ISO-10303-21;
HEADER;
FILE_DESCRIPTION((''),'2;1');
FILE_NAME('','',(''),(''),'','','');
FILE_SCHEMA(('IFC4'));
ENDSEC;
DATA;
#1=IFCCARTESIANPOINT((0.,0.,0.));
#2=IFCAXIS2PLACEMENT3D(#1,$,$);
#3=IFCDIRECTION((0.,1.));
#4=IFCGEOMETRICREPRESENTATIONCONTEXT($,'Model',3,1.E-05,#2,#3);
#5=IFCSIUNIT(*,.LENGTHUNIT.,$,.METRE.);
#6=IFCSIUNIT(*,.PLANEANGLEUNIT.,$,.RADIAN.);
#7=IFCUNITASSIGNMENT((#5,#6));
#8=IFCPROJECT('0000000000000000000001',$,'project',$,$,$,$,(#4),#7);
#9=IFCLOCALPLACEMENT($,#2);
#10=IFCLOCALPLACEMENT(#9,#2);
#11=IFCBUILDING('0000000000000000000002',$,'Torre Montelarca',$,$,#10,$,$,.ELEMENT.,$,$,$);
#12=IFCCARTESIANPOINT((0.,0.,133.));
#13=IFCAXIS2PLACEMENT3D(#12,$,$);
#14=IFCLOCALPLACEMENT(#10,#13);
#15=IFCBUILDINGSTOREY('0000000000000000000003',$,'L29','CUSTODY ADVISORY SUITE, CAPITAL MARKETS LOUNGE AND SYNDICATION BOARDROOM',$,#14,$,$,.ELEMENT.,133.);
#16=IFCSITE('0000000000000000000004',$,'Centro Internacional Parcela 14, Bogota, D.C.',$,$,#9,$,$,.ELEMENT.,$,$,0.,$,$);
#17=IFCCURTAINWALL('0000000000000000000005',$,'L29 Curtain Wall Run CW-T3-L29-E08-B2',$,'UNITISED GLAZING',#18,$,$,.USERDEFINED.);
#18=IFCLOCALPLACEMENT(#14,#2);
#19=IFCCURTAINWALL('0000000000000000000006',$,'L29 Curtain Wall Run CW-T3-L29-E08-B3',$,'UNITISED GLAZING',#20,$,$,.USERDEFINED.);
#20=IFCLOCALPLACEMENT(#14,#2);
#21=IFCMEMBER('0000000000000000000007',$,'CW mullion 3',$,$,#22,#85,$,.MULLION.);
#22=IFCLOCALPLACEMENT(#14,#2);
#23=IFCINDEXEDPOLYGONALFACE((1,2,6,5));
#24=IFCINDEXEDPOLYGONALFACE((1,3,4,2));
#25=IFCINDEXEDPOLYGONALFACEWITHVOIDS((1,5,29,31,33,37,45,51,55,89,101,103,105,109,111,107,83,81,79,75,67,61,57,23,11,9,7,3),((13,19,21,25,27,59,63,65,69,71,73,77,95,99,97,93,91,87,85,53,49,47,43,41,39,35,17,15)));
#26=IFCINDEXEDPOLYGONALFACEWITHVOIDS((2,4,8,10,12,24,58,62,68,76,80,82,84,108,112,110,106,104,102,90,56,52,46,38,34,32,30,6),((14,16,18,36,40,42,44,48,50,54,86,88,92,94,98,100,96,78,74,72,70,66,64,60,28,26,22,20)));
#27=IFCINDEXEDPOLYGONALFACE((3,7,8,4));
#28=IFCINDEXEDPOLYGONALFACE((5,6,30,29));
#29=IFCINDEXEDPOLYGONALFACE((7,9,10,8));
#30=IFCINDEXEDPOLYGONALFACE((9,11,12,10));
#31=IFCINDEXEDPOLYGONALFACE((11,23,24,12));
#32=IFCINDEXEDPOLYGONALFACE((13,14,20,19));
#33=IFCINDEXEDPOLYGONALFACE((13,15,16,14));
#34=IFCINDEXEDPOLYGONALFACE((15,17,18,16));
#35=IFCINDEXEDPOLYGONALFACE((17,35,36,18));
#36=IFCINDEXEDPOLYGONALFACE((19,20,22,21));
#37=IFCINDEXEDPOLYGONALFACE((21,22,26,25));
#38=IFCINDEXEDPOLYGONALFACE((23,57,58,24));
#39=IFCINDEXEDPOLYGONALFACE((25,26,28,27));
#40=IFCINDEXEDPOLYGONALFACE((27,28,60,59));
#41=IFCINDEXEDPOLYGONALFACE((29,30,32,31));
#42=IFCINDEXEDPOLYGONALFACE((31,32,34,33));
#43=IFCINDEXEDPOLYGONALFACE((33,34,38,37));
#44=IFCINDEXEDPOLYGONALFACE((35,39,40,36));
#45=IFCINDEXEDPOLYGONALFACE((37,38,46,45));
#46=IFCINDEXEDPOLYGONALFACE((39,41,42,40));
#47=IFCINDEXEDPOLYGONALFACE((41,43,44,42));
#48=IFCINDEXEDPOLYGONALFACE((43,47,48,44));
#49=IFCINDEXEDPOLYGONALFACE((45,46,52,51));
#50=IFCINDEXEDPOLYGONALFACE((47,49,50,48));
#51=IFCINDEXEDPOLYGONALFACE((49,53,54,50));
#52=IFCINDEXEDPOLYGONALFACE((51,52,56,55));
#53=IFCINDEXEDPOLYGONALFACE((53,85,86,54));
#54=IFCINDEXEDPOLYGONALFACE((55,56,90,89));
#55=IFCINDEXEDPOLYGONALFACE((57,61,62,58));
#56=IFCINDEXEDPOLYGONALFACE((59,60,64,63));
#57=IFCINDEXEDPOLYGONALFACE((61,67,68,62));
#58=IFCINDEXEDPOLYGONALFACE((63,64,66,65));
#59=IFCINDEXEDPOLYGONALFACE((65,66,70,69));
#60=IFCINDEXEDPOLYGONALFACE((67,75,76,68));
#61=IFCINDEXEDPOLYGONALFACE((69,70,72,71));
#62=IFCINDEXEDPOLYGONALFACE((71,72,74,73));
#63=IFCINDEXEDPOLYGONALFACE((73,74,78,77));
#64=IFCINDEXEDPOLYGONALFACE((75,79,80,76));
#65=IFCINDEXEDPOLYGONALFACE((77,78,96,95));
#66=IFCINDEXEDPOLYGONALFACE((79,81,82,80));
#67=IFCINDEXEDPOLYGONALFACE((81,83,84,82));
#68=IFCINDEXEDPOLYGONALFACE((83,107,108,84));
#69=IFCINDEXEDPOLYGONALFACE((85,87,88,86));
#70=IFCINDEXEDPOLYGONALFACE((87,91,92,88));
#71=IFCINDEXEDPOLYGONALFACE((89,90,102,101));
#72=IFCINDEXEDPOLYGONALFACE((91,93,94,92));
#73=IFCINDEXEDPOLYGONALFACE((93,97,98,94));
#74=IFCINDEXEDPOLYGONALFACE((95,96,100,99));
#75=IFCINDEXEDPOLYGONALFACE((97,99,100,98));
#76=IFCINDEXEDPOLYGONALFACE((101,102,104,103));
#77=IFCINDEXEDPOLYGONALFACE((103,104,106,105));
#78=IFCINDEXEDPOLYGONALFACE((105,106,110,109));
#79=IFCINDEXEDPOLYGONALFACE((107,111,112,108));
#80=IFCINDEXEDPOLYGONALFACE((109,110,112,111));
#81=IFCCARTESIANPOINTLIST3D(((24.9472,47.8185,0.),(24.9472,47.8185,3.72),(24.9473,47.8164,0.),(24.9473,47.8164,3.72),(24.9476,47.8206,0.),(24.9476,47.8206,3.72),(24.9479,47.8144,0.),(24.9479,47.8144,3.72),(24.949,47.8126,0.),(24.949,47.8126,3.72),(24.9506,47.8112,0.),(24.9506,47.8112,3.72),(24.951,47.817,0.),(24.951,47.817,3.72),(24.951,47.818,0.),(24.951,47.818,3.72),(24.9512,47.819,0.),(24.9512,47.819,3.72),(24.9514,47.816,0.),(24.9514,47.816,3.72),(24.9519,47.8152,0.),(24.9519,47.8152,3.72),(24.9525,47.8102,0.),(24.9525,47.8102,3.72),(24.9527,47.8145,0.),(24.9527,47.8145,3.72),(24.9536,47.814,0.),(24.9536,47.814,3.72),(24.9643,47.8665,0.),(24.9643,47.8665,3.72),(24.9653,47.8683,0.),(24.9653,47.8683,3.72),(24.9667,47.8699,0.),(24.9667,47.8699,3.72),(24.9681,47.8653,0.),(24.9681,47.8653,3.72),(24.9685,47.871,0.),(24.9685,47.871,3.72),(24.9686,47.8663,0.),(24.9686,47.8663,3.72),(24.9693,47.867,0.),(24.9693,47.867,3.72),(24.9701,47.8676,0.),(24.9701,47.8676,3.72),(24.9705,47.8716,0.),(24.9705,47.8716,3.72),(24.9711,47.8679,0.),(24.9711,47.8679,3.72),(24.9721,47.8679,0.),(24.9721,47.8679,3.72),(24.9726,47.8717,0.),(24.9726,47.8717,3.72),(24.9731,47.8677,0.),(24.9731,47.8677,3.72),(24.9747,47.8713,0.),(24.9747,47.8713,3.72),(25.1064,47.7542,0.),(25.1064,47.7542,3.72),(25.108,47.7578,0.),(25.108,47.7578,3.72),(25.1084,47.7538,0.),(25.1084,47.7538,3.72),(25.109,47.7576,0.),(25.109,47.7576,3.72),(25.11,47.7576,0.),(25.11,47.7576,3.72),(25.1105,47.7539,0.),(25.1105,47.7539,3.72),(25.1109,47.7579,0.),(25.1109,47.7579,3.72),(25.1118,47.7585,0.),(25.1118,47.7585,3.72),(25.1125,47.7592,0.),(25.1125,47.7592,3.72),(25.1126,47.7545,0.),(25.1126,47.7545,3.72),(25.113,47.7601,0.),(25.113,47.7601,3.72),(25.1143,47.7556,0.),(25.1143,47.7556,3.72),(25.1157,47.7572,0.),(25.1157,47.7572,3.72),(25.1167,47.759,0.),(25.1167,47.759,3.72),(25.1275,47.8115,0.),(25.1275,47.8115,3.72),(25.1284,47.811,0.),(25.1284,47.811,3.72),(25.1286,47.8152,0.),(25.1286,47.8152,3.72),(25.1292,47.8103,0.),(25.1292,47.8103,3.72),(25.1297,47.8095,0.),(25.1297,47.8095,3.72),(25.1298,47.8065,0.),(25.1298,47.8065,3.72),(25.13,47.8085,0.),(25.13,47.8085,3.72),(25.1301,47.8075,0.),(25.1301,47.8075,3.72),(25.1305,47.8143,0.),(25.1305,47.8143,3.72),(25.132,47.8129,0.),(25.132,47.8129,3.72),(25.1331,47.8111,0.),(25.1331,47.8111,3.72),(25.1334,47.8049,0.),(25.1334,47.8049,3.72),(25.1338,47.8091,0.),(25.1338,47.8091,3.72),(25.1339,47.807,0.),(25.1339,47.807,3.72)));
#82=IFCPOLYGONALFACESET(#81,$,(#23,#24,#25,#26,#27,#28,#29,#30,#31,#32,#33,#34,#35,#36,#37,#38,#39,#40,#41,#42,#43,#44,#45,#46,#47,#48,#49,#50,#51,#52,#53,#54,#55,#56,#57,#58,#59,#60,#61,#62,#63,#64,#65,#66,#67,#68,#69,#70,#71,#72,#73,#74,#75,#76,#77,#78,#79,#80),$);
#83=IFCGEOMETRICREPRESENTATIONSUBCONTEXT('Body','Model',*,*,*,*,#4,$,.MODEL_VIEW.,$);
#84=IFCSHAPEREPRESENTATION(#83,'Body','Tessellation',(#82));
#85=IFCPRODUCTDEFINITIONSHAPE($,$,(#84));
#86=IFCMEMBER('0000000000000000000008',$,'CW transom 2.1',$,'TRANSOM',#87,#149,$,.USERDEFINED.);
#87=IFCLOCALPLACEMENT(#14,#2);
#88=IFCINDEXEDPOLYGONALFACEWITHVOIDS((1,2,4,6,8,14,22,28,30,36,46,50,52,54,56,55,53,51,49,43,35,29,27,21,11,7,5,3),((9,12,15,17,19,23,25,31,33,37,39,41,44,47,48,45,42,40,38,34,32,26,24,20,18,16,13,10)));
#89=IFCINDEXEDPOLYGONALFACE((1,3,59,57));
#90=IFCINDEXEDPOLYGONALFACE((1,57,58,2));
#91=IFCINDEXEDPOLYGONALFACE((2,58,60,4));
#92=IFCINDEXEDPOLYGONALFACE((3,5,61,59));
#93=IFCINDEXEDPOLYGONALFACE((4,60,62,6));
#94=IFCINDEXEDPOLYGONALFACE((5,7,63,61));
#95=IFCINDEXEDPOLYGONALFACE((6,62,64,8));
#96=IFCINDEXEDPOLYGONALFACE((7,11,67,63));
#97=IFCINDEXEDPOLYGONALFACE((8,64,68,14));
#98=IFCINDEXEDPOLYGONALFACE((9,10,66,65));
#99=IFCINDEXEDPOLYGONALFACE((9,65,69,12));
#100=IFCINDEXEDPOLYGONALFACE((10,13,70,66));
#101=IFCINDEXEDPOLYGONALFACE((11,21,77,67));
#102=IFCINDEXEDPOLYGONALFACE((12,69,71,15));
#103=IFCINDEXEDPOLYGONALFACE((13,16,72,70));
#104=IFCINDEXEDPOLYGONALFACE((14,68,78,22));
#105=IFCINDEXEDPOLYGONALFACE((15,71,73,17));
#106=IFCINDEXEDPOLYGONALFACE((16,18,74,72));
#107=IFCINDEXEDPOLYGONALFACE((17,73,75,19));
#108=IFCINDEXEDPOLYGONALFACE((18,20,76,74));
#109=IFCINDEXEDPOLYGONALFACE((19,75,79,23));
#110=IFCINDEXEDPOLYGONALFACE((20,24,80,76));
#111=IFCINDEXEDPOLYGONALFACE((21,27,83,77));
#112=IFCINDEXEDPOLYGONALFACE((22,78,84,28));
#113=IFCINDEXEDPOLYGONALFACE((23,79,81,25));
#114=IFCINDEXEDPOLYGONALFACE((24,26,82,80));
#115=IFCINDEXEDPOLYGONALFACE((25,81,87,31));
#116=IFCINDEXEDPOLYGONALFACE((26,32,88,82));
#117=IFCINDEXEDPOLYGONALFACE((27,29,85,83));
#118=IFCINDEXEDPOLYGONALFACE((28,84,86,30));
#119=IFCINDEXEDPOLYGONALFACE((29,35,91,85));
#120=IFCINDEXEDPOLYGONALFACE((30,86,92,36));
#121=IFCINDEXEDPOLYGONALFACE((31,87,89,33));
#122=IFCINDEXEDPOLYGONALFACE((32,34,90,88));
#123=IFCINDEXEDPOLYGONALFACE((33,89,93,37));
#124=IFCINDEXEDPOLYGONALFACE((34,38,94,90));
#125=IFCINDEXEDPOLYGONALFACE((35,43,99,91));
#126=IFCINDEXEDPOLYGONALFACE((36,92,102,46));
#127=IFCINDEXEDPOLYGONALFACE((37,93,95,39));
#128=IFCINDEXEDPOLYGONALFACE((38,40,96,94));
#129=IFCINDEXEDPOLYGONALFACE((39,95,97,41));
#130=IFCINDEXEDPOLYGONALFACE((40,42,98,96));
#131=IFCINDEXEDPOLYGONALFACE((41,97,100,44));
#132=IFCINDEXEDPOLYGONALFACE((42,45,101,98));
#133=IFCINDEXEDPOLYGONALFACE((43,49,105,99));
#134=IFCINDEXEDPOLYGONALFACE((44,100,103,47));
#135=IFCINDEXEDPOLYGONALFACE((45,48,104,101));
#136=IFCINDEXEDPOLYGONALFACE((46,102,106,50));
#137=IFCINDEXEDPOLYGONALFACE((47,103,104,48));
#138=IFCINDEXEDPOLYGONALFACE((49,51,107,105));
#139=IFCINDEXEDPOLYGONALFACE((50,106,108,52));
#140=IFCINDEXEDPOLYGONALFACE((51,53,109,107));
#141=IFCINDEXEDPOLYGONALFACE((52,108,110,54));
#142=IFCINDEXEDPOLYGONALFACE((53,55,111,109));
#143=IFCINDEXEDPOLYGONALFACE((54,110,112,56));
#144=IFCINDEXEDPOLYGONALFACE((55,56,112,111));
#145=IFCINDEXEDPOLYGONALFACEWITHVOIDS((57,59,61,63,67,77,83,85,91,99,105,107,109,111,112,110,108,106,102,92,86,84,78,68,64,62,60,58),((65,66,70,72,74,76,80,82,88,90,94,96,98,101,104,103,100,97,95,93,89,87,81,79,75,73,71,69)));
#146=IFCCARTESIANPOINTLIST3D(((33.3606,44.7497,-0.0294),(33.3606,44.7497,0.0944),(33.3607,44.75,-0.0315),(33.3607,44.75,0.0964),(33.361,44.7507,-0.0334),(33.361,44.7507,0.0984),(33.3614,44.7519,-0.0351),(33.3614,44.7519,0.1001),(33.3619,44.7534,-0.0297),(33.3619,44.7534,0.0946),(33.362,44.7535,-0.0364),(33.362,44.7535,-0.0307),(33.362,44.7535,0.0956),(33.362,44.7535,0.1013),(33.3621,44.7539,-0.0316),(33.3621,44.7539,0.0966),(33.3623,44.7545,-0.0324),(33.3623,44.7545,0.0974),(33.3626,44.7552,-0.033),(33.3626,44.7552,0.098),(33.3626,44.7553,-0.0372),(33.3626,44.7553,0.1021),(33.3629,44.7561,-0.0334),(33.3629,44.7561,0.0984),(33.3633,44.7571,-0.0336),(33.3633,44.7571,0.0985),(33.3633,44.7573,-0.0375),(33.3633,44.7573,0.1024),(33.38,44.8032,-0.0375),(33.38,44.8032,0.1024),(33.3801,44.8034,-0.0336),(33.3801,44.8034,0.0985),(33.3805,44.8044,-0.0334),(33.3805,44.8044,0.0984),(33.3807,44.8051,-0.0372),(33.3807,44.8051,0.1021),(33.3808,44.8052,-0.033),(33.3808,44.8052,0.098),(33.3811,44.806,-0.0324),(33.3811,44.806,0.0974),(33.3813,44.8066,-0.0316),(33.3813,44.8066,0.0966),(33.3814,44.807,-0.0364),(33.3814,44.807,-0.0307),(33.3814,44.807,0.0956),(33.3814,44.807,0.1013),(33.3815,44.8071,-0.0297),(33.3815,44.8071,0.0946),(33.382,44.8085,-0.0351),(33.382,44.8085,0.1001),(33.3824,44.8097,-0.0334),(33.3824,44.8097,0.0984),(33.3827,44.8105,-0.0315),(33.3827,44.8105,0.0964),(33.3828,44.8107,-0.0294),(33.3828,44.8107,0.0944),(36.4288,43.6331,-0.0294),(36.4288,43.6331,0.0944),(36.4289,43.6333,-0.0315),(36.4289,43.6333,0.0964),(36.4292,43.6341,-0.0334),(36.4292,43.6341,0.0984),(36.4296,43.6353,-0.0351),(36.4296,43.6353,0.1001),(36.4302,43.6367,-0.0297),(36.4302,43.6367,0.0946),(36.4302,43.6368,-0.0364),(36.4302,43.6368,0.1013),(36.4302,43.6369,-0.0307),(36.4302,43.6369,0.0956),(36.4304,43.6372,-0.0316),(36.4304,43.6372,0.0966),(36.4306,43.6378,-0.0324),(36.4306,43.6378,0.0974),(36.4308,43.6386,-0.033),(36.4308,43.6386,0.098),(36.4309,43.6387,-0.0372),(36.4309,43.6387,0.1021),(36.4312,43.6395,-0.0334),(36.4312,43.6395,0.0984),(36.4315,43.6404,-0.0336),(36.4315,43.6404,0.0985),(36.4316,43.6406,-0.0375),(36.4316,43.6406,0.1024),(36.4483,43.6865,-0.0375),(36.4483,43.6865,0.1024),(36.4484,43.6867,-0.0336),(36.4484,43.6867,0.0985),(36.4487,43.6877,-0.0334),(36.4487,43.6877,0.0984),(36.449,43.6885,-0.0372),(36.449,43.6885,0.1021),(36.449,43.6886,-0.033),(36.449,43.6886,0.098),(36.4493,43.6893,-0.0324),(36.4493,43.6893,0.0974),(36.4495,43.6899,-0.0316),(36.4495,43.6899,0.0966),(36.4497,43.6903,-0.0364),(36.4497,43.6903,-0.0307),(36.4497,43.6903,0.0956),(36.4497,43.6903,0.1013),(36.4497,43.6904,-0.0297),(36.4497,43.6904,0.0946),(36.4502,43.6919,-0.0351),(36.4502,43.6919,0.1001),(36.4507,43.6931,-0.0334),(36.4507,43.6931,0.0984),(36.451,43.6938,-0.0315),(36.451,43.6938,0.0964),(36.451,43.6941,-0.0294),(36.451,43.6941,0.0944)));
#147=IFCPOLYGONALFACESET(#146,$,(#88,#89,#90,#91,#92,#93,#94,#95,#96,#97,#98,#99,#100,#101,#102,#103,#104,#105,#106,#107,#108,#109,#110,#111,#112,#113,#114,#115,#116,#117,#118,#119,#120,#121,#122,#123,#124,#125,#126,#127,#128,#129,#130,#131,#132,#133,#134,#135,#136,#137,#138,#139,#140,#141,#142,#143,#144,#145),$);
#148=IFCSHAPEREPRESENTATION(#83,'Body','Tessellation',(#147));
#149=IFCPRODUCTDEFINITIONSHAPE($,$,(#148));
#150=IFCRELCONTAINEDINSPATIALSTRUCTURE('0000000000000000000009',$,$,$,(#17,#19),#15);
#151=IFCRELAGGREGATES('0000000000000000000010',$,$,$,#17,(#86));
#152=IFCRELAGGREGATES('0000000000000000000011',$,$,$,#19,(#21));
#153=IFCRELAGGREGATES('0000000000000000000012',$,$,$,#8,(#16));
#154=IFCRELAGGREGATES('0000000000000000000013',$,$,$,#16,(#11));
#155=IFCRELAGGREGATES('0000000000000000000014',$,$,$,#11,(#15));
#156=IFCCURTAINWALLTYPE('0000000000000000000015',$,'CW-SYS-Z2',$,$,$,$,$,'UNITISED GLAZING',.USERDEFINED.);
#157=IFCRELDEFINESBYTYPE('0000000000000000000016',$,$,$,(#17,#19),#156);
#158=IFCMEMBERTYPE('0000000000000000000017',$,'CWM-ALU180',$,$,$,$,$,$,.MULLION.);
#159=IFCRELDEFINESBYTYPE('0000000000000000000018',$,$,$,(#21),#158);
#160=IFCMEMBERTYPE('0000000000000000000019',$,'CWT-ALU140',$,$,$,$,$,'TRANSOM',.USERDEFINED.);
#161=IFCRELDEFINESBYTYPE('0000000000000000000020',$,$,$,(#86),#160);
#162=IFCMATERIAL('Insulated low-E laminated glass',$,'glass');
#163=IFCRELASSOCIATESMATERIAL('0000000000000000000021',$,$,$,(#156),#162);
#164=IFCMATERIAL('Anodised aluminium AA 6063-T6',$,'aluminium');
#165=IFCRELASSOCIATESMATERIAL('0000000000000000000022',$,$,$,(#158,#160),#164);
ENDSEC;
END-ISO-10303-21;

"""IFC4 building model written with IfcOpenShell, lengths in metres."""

from ifc_helpers import new_model, si_unit, direction, frame, origin, origin_2d, place, context, subcontext, project, spatial, hollow_rectangle, extrude, source, transform, mapped, material, material_profile, profile_set, type_object, element, aggregate, save


model = new_model("IFC4")

# Units and contexts
model_context = context("Model", 3, precision=1e-05, world=origin(), true_north=direction((0.0, 1.0)))
body_context = subcontext(model_context, "Body", "Model", "MODEL_VIEW")
ifc_project = project(units=[si_unit("LENGTHUNIT", "METRE"), si_unit("PLANEANGLEUNIT", "RADIAN")], contexts=[model_context])

# Site, building, storey
site_placement = place(None, origin())
site = spatial("IfcSite", under=ifc_project, at=site_placement, Name="Centro Internacional Parcela 14, Bogota, D.C.", CompositionType="ELEMENT", RefElevation=0.0)
building_placement = place(site_placement, origin())
building = spatial("IfcBuilding", under=site, at=building_placement, Name="Torre Montelarca", CompositionType="ELEMENT")
storey_placement = place(building_placement, frame((0.0, 0.0, 133.0)))
storey = spatial("IfcBuildingStorey", under=building, at=storey_placement, Name="L29", Description="CUSTODY ADVISORY SUITE, CAPITAL MARKETS LOUNGE AND SYNDICATION BOARDROOM", CompositionType="ELEMENT", Elevation=133.0)

# Curtain walls, member
ifc_material_1 = material(Name="Insulated low-E laminated glass", Category="glass")
curtain_wall_type = type_object("IfcCurtainWallType", Name="CW-SYS-Z2", ElementType="UNITISED GLAZING", PredefinedType="USERDEFINED", material=ifc_material_1)
curtain_wall_1_placement = place(storey_placement, origin())
curtain_wall_1 = element("IfcCurtainWall", 1, at=curtain_wall_1_placement, inside=storey, type_object=curtain_wall_type, Name="L29 Curtain Wall Run CW-T3-L29-E08-B2", ObjectType="UNITISED GLAZING", PredefinedType="USERDEFINED")
ifc_material_2 = material(Name="Anodised aluminium AA 6063-T6", Category="aluminium")
ifc_material_profile_1 = material_profile(ifc_material_2, hollow_rectangle(XDim=0.0649, YDim=0.1799, WallThickness=0.0039, InnerFilletRadius=0.0039, OuterFilletRadius=0.0081, at=origin_2d()), Name="ALU65X180X4", Category="aluminium")
ifc_profile_set_1 = profile_set([ifc_material_profile_1], Name="Anodised aluminium AA 6063-T6")
member_type_1 = type_object("IfcMemberType", Name="CWM-ALU180", PredefinedType="MULLION", material=ifc_profile_set_1)
shared_shape_1 = source(origin(), body_context, "Body", "SweptSolid", [
    extrude(hollow_rectangle(XDim=0.0649, YDim=0.1799, WallThickness=0.0039, InnerFilletRadius=0.0039, OuterFilletRadius=0.0081, at=origin_2d()), origin(), (0.0, 0.0, 1.0), 3.72),
])
curtain_wall_2_placement = place(storey_placement, origin())
curtain_wall_2 = element("IfcCurtainWall", 2, at=curtain_wall_2_placement, inside=storey, type_object=curtain_wall_type, Name="L29 Curtain Wall Run CW-T3-L29-E08-B3", ObjectType="UNITISED GLAZING", PredefinedType="USERDEFINED")
member_1_placement = place(storey_placement, frame((25.0405, 47.8127, 0.0), z_axis=(0.0, 0.0, 1.0), x_axis=(-0.342017, -0.939694, 0.0)))
member_1 = element("IfcMember", 3, at=member_1_placement, type_object=member_type_1, Name="CW mullion 3", PredefinedType="MULLION", context=body_context, shape_type="MappedRepresentation", body=[
    mapped(shared_shape_1, transform((0.0, 0.0, 0.0), scale=1.0)),
])

# Member
ifc_material_profile_2 = material_profile(ifc_material_2, hollow_rectangle(XDim=0.0649, YDim=0.1399, WallThickness=0.0039, InnerFilletRadius=0.0039, OuterFilletRadius=0.0081, at=origin_2d()), Name="ALU65X140X4", Category="aluminium")
ifc_profile_set_2 = profile_set([ifc_material_profile_2], Name="Anodised aluminium AA 6063-T6")
member_type_2 = type_object("IfcMemberType", Name="CWT-ALU140", ElementType="TRANSOM", PredefinedType="USERDEFINED", material=ifc_profile_set_2)
shared_shape_2 = source(origin(), body_context, "Body", "SweptSolid", [
    extrude(hollow_rectangle(XDim=0.0649, YDim=0.1399, WallThickness=0.0039, InnerFilletRadius=0.0039, OuterFilletRadius=0.0081, at=origin_2d()), origin(), (0.0, 0.0, 1.0), 3.2651),
])
member_2_placement = place(storey_placement, frame((36.4399, 43.6636, 0.0325), z_axis=(-0.939702, 0.341995, 0.0), x_axis=(-0.341995, -0.939702, 0.0)))
member_2 = element("IfcMember", 4, at=member_2_placement, type_object=member_type_2, Name="CW transom 2.1", ObjectType="TRANSOM", PredefinedType="USERDEFINED", context=body_context, shape_type="MappedRepresentation", body=[
    mapped(shared_shape_2, transform((0.0, 0.0, 0.0), scale=1.0)),
])

aggregate(curtain_wall_1, [member_2])
aggregate(curtain_wall_2, [member_1])

save(model, "model.ifc")
